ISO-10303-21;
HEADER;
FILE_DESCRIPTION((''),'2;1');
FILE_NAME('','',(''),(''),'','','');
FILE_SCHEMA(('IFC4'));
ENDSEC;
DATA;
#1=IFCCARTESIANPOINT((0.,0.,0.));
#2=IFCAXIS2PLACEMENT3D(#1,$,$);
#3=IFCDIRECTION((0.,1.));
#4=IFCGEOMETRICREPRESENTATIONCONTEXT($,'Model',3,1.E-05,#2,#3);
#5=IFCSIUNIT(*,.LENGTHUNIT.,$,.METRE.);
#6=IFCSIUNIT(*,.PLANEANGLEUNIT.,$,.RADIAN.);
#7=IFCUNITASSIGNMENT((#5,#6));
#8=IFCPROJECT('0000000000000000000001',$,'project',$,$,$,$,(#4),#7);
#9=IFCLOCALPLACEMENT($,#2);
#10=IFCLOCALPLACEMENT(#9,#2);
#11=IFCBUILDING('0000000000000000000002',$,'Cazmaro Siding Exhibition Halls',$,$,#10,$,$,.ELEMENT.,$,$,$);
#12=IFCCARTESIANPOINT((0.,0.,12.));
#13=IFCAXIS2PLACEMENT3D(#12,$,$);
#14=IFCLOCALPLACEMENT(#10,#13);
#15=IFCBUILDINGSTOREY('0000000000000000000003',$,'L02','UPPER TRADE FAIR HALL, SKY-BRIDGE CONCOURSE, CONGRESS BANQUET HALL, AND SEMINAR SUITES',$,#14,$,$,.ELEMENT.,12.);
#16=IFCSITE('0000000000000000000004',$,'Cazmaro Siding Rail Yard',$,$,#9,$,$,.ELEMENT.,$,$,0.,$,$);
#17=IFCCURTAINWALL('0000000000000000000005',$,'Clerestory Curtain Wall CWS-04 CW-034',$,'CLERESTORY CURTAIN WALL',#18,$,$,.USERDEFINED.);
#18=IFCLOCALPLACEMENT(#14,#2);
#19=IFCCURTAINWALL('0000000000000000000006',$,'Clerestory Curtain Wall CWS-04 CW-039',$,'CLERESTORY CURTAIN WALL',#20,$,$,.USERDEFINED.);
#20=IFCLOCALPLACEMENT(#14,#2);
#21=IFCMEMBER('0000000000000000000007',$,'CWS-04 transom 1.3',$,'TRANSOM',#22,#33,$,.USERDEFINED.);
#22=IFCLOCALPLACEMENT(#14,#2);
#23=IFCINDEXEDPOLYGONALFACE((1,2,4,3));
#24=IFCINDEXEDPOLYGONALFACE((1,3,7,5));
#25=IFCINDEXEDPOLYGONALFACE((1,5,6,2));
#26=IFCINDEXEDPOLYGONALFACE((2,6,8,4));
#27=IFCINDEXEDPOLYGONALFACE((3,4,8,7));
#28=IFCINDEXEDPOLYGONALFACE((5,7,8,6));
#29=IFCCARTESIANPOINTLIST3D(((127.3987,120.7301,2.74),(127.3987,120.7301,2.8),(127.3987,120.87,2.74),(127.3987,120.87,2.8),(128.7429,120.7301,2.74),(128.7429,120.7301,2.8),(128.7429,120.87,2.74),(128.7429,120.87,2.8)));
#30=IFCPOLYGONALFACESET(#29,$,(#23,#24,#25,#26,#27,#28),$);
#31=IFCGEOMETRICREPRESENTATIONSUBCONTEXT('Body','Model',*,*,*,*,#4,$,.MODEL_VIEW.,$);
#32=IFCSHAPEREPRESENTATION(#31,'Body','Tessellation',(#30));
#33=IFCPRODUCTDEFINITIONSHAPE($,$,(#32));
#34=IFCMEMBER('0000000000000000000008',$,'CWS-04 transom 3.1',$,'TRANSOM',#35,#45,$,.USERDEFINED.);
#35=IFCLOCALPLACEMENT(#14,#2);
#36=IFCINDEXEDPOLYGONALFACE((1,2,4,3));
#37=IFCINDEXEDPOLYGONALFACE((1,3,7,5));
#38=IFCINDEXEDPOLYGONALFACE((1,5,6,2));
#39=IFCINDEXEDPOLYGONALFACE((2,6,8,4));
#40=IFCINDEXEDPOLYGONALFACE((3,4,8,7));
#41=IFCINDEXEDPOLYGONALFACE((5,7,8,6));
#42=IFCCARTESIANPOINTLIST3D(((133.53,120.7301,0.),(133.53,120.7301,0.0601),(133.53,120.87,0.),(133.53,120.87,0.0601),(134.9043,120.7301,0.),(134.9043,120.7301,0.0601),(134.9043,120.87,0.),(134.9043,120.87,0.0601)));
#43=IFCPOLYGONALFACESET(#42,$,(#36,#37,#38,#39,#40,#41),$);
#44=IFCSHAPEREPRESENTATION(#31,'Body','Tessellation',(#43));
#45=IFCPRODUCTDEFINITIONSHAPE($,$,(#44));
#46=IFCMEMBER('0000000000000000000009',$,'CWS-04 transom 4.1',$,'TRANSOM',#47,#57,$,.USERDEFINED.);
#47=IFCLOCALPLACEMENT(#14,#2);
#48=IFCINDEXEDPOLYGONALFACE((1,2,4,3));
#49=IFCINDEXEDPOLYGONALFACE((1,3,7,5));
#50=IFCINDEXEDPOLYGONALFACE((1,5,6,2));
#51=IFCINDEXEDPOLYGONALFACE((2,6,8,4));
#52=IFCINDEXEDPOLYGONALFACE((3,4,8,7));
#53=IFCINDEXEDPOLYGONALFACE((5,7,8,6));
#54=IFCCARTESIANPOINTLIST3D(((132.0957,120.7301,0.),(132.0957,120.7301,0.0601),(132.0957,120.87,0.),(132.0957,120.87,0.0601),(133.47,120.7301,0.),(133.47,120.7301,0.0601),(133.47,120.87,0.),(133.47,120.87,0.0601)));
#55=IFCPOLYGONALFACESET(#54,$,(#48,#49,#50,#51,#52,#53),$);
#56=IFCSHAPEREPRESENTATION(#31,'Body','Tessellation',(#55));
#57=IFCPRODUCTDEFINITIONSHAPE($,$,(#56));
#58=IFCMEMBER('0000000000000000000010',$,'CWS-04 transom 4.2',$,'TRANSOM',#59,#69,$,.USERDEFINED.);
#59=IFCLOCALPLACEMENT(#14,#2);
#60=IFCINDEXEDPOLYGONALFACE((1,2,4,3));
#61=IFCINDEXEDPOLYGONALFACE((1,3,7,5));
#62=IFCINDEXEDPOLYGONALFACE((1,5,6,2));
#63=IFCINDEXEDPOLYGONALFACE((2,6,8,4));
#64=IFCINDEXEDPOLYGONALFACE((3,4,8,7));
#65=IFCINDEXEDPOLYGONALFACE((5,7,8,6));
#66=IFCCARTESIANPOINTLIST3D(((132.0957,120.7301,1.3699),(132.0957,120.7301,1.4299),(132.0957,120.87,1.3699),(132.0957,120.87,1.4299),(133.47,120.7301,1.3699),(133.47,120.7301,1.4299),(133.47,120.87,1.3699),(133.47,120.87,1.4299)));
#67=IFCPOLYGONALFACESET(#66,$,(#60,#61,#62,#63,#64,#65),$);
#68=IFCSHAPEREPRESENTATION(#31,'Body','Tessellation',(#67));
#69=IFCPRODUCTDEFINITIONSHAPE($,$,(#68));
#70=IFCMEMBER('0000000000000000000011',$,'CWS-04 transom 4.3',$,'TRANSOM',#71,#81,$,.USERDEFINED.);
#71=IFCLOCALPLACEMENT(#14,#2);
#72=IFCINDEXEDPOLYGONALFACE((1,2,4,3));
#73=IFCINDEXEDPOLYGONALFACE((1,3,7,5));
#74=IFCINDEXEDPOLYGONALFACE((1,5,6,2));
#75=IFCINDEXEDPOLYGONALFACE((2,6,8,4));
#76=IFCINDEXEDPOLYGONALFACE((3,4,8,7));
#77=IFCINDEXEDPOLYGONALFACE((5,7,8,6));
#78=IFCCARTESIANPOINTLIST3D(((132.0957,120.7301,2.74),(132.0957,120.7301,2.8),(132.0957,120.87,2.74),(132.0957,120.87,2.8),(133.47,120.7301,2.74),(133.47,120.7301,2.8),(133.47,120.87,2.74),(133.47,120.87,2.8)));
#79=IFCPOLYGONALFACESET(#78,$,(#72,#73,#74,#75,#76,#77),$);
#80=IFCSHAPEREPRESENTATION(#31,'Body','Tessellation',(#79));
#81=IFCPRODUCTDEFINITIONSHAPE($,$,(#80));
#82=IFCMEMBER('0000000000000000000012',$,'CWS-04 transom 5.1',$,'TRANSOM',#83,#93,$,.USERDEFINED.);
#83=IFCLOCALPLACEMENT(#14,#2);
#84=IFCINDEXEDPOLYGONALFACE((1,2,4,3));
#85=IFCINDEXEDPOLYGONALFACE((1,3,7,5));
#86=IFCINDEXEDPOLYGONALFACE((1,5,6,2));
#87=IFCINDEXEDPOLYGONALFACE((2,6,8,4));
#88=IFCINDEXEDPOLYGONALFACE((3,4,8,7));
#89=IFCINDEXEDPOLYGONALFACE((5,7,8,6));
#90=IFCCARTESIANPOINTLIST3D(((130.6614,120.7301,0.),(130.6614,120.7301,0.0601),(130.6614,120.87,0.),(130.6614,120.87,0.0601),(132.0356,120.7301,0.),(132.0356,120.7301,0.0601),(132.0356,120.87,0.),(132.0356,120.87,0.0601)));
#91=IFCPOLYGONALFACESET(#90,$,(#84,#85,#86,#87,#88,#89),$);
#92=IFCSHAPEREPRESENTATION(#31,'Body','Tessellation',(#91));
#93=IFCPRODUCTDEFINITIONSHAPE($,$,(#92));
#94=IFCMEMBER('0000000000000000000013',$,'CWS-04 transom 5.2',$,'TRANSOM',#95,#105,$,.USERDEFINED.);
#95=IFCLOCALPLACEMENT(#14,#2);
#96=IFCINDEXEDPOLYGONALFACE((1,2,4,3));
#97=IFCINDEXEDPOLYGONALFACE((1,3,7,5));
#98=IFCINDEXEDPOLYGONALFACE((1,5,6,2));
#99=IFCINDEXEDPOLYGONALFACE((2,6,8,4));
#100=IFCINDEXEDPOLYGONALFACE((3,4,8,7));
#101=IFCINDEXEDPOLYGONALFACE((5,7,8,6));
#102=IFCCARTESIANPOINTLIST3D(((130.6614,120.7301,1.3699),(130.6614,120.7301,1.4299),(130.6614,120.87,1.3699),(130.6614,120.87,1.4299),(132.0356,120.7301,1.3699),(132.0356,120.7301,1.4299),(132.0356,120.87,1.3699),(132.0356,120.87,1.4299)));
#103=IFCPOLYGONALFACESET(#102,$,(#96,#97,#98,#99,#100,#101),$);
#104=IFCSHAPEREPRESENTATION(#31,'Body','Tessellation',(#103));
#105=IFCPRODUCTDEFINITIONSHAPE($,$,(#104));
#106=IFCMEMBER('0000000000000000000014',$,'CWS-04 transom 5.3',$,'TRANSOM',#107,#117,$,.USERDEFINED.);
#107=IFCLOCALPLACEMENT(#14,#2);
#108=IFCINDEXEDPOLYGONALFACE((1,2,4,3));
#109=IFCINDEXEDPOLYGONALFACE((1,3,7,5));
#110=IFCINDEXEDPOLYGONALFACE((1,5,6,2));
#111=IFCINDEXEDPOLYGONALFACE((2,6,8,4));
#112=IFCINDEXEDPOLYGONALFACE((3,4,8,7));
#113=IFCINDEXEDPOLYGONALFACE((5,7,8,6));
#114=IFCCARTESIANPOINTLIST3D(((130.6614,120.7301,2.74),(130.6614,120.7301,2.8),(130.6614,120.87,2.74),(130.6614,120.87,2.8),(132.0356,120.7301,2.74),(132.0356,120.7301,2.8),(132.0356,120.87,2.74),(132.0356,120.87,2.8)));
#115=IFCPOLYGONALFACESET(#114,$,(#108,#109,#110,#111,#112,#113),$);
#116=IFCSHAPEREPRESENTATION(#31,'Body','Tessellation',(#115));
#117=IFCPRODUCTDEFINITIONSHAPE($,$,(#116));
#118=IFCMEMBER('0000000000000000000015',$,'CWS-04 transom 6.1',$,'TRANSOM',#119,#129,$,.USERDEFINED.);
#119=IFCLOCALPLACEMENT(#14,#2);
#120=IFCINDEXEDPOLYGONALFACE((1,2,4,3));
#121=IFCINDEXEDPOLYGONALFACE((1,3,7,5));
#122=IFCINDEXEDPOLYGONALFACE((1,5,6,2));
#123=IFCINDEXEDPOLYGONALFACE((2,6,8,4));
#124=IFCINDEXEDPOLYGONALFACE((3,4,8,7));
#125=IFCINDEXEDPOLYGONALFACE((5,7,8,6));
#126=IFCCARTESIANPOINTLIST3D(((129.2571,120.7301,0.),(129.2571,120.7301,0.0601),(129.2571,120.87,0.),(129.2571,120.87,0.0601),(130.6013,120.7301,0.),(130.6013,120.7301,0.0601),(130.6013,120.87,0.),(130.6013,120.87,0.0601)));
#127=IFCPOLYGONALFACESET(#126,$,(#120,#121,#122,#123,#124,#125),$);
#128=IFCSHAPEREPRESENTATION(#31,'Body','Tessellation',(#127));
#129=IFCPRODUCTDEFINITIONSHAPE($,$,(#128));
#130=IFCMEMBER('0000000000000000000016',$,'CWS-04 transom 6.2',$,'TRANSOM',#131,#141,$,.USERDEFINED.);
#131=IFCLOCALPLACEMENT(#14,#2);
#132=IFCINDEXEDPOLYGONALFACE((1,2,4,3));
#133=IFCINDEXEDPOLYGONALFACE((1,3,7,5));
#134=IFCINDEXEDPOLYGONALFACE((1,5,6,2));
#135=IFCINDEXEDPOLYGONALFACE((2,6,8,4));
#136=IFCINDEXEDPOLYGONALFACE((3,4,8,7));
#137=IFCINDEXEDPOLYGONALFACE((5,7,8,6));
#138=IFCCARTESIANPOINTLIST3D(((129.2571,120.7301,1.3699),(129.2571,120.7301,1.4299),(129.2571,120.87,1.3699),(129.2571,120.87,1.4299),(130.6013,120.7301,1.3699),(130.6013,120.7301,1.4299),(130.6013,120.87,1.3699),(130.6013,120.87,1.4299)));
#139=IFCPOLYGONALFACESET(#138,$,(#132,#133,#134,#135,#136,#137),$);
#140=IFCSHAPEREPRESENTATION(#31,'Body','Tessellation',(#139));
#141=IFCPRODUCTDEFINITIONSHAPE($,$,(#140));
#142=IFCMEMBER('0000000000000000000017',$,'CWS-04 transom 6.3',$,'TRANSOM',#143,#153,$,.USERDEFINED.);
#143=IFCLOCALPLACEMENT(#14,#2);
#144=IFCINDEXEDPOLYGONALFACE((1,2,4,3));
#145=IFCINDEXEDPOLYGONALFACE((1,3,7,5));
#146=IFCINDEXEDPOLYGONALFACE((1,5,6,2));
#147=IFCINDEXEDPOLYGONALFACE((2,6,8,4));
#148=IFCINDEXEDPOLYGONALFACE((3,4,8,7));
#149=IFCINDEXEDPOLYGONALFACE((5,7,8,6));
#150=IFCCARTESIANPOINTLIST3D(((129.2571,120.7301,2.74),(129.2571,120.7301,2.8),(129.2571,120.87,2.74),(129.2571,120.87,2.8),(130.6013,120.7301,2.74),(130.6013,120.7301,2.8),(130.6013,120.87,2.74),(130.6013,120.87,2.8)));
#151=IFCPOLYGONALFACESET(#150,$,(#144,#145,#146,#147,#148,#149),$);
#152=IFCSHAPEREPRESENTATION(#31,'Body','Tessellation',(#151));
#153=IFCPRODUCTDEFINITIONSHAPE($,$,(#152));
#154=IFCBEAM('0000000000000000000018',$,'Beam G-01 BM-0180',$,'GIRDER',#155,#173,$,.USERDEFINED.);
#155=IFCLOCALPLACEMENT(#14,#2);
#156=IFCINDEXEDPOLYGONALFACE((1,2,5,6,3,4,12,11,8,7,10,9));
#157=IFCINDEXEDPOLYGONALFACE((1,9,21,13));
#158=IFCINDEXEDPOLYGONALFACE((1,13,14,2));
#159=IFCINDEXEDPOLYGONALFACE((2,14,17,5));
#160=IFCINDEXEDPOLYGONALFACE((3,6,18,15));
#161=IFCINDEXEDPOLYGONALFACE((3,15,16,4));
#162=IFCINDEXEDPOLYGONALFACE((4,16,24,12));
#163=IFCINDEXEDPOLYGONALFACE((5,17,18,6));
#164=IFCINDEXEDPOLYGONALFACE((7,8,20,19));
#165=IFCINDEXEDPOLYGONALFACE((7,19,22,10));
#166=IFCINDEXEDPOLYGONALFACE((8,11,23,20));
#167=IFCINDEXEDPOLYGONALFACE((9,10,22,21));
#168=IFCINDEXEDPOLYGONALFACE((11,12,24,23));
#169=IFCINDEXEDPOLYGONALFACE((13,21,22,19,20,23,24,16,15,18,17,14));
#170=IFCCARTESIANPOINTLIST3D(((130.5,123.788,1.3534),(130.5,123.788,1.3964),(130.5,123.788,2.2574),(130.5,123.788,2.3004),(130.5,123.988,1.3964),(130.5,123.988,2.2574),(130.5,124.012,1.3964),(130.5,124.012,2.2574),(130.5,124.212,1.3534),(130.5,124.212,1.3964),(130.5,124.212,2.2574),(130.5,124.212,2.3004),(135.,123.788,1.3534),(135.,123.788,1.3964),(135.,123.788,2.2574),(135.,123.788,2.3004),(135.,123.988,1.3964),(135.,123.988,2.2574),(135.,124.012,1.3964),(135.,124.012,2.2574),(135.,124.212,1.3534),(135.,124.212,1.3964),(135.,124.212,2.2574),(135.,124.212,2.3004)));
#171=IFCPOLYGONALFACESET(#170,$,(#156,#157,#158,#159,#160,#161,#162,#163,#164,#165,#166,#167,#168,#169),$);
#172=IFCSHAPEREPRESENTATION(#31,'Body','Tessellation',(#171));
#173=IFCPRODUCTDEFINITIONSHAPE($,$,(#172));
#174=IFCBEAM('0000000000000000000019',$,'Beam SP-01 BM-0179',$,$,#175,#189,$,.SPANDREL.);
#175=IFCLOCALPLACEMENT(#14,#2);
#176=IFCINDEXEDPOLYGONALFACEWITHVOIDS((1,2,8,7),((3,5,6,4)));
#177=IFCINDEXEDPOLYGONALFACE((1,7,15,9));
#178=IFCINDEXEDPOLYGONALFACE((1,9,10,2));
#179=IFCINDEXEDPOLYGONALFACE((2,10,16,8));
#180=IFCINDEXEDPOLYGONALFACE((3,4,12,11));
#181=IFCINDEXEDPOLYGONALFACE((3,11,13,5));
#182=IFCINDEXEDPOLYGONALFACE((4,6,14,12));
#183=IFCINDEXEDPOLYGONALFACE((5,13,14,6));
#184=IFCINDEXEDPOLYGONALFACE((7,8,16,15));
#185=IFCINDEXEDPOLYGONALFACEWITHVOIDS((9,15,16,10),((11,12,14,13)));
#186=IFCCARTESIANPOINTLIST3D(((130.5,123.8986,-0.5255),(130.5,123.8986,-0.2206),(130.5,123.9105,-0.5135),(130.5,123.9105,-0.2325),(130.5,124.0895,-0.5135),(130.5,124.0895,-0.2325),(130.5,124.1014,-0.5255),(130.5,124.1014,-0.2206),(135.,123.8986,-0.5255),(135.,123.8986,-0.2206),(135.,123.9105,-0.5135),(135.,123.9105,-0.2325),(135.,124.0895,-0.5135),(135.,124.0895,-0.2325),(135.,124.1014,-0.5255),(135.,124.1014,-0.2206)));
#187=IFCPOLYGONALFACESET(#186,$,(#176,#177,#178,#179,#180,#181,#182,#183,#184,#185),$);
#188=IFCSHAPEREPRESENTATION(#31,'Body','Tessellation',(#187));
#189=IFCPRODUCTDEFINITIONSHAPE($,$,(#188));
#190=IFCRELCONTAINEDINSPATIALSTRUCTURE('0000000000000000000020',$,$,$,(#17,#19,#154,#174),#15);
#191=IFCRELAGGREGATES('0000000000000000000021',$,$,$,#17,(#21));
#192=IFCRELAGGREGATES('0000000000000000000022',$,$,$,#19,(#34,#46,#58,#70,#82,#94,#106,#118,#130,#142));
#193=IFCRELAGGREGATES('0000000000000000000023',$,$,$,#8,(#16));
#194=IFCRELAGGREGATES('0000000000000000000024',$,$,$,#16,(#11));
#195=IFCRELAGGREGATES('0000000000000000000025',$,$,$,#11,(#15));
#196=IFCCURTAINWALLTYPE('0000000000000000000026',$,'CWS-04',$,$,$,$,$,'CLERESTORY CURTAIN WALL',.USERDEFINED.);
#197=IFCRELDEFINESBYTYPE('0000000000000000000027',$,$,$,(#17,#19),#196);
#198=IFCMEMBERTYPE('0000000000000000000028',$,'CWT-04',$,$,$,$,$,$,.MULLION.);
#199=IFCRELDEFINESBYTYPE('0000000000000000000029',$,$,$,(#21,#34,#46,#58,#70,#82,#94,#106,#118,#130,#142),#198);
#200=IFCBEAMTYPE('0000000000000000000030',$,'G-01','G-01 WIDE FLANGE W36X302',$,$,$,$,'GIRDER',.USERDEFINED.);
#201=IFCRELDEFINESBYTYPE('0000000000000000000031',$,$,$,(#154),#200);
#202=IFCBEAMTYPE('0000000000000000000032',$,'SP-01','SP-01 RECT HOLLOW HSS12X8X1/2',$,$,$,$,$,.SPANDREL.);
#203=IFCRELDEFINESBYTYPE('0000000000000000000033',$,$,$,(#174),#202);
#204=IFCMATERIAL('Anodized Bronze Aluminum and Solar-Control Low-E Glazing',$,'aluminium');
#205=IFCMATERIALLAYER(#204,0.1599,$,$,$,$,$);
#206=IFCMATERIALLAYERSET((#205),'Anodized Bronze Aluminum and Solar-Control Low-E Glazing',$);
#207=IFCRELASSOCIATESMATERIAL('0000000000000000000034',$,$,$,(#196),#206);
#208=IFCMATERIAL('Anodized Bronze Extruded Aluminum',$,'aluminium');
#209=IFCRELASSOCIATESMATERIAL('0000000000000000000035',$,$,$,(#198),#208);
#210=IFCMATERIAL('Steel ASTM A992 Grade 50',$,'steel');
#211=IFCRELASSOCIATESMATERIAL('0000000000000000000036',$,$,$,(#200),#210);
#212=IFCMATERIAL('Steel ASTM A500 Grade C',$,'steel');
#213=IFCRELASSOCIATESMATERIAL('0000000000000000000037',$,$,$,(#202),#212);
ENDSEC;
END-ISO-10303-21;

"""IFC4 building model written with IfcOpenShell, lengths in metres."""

from ifc_helpers import new_model, si_unit, direction, frame, origin, origin_2d, place, context, subcontext, project, spatial, rectangle, hollow_rectangle, i_section, extrude, material, layer, layer_set, material_profile, profile_set, type_object, element, aggregate, save


model = new_model("IFC4")

# Units and contexts
model_context = context("Model", 3, precision=1e-05, world=origin(), true_north=direction((0.0, 1.0)))
body_context = subcontext(model_context, "Body", "Model", "MODEL_VIEW")
ifc_project = project(units=[si_unit("LENGTHUNIT", "METRE"), si_unit("PLANEANGLEUNIT", "RADIAN")], contexts=[model_context])

# Site, building, storey
site_placement = place(None, origin())
site = spatial("IfcSite", under=ifc_project, at=site_placement, Name="Cazmaro Siding Rail Yard", CompositionType="ELEMENT", RefElevation=0.0)
building_placement = place(site_placement, origin())
building = spatial("IfcBuilding", under=site, at=building_placement, Name="Cazmaro Siding Exhibition Halls", CompositionType="ELEMENT")
storey_placement = place(building_placement, frame((0.0, 0.0, 12.0)))
storey = spatial("IfcBuildingStorey", under=building, at=storey_placement, Name="L02", Description="UPPER TRADE FAIR HALL, SKY-BRIDGE CONCOURSE, CONGRESS BANQUET HALL, AND SEMINAR SUITES", CompositionType="ELEMENT", Elevation=12.0)

# Curtain wall
ifc_material_1 = material(Name="Anodized Bronze Aluminum and Solar-Control Low-E Glazing", Category="aluminium")
ifc_layer_1 = layer(ifc_material_1, 0.1599)
ifc_layer_set_1 = layer_set([ifc_layer_1], Name="Anodized Bronze Aluminum and Solar-Control Low-E Glazing")
curtain_wall_type = type_object("IfcCurtainWallType", Name="CWS-04", ElementType="CLERESTORY CURTAIN WALL", PredefinedType="USERDEFINED", material=ifc_layer_set_1)
curtain_wall_1_placement = place(storey_placement, origin())
curtain_wall_1 = element("IfcCurtainWall", 1, at=curtain_wall_1_placement, inside=storey, type_object=curtain_wall_type, Name="Clerestory Curtain Wall CWS-04 CW-034", ObjectType="CLERESTORY CURTAIN WALL", PredefinedType="USERDEFINED")

# Curtain wall
curtain_wall_2_placement = place(storey_placement, origin())
curtain_wall_2 = element("IfcCurtainWall", 2, at=curtain_wall_2_placement, inside=storey, type_object=curtain_wall_type, Name="Clerestory Curtain Wall CWS-04 CW-039", ObjectType="CLERESTORY CURTAIN WALL", PredefinedType="USERDEFINED")

# Members
ifc_material_2 = material(Name="Anodized Bronze Extruded Aluminum", Category="aluminium")
ifc_material_profile_1 = material_profile(ifc_material_2, rectangle(XDim=0.1399, YDim=0.0601, at=origin_2d()), Name="CWT-04")
ifc_profile_set_1 = profile_set([ifc_material_profile_1], Name="Anodized Bronze Extruded Aluminum")
member_type_1 = type_object("IfcMemberType", Name="CWT-04", PredefinedType="MULLION", material=ifc_profile_set_1)
member_1_placement = place(storey_placement, frame((128.7429, 120.8, 2.77), z_axis=(-1.0, 0.0, 0.0), x_axis=(0.0, -1.0, 0.0)))
member_1 = element("IfcMember", 3, at=member_1_placement, type_object=member_type_1, Name="CWS-04 transom 1.3", ObjectType="TRANSOM", PredefinedType="USERDEFINED", context=body_context, shape_type="SweptSolid", body=[
    extrude(rectangle(XDim=0.1399, YDim=0.0601, at=origin_2d()), origin(), (0.0, 0.0, 1.0), 1.3442),
])
member_2_placement = place(storey_placement, frame((134.9043, 120.8, 0.03), z_axis=(-1.0, 0.0, 0.0), x_axis=(0.0, -1.0, 0.0)))
member_2 = element("IfcMember", 4, at=member_2_placement, type_object=member_type_1, Name="CWS-04 transom 3.1", ObjectType="TRANSOM", PredefinedType="USERDEFINED", context=body_context, shape_type="SweptSolid", body=[
    extrude(rectangle(XDim=0.1399, YDim=0.0601, at=origin_2d()), origin(), (0.0, 0.0, 1.0), 1.3743),
])
member_3_placement = place(storey_placement, frame((133.47, 120.8, 0.03), z_axis=(-1.0, 0.0, 0.0), x_axis=(0.0, -1.0, 0.0)))
member_3 = element("IfcMember", 5, at=member_3_placement, type_object=member_type_1, Name="CWS-04 transom 4.1", ObjectType="TRANSOM", PredefinedType="USERDEFINED", context=body_context, shape_type="SweptSolid", body=[
    extrude(rectangle(XDim=0.1399, YDim=0.0601, at=origin_2d()), origin(), (0.0, 0.0, 1.0), 1.3743),
])
member_4_placement = place(storey_placement, frame((133.47, 120.8, 1.3999), z_axis=(-1.0, 0.0, 0.0), x_axis=(0.0, -1.0, 0.0)))
member_4 = element("IfcMember", 6, at=member_4_placement, type_object=member_type_1, Name="CWS-04 transom 4.2", ObjectType="TRANSOM", PredefinedType="USERDEFINED", context=body_context, shape_type="SweptSolid", body=[
    extrude(rectangle(XDim=0.1399, YDim=0.0601, at=origin_2d()), origin(), (0.0, 0.0, 1.0), 1.3743),
])
member_5_placement = place(storey_placement, frame((133.47, 120.8, 2.77), z_axis=(-1.0, 0.0, 0.0), x_axis=(0.0, -1.0, 0.0)))
member_5 = element("IfcMember", 7, at=member_5_placement, type_object=member_type_1, Name="CWS-04 transom 4.3", ObjectType="TRANSOM", PredefinedType="USERDEFINED", context=body_context, shape_type="SweptSolid", body=[
    extrude(rectangle(XDim=0.1399, YDim=0.0601, at=origin_2d()), origin(), (0.0, 0.0, 1.0), 1.3743),
])
member_6_placement = place(storey_placement, frame((132.0356, 120.8, 0.03), z_axis=(-1.0, 0.0, 0.0), x_axis=(0.0, -1.0, 0.0)))
member_6 = element("IfcMember", 8, at=member_6_placement, type_object=member_type_1, Name="CWS-04 transom 5.1", ObjectType="TRANSOM", PredefinedType="USERDEFINED", context=body_context, shape_type="SweptSolid", body=[
    extrude(rectangle(XDim=0.1399, YDim=0.0601, at=origin_2d()), origin(), (0.0, 0.0, 1.0), 1.3743),
])
member_7_placement = place(storey_placement, frame((132.0356, 120.8, 1.3999), z_axis=(-1.0, 0.0, 0.0), x_axis=(0.0, -1.0, 0.0)))
member_7 = element("IfcMember", 9, at=member_7_placement, type_object=member_type_1, Name="CWS-04 transom 5.2", ObjectType="TRANSOM", PredefinedType="USERDEFINED", context=body_context, shape_type="SweptSolid", body=[
    extrude(rectangle(XDim=0.1399, YDim=0.0601, at=origin_2d()), origin(), (0.0, 0.0, 1.0), 1.3743),
])
member_8_placement = place(storey_placement, frame((132.0356, 120.8, 2.77), z_axis=(-1.0, 0.0, 0.0), x_axis=(0.0, -1.0, 0.0)))
member_8 = element("IfcMember", 10, at=member_8_placement, type_object=member_type_1, Name="CWS-04 transom 5.3", ObjectType="TRANSOM", PredefinedType="USERDEFINED", context=body_context, shape_type="SweptSolid", body=[
    extrude(rectangle(XDim=0.1399, YDim=0.0601, at=origin_2d()), origin(), (0.0, 0.0, 1.0), 1.3743),
])
member_9_placement = place(storey_placement, frame((130.6013, 120.8, 0.03), z_axis=(-1.0, 0.0, 0.0), x_axis=(0.0, -1.0, 0.0)))
member_9 = element("IfcMember", 11, at=member_9_placement, type_object=member_type_1, Name="CWS-04 transom 6.1", ObjectType="TRANSOM", PredefinedType="USERDEFINED", context=body_context, shape_type="SweptSolid", body=[
    extrude(rectangle(XDim=0.1399, YDim=0.0601, at=origin_2d()), origin(), (0.0, 0.0, 1.0), 1.3442),
])
member_10_placement = place(storey_placement, frame((130.6013, 120.8, 1.3999), z_axis=(-1.0, 0.0, 0.0), x_axis=(0.0, -1.0, 0.0)))
member_10 = element("IfcMember", 12, at=member_10_placement, type_object=member_type_1, Name="CWS-04 transom 6.2", ObjectType="TRANSOM", PredefinedType="USERDEFINED", context=body_context, shape_type="SweptSolid", body=[
    extrude(rectangle(XDim=0.1399, YDim=0.0601, at=origin_2d()), origin(), (0.0, 0.0, 1.0), 1.3442),
])
member_11_placement = place(storey_placement, frame((130.6013, 120.8, 2.77), z_axis=(-1.0, 0.0, 0.0), x_axis=(0.0, -1.0, 0.0)))
member_11 = element("IfcMember", 13, at=member_11_placement, type_object=member_type_1, Name="CWS-04 transom 6.3", ObjectType="TRANSOM", PredefinedType="USERDEFINED", context=body_context, shape_type="SweptSolid", body=[
    extrude(rectangle(XDim=0.1399, YDim=0.0601, at=origin_2d()), origin(), (0.0, 0.0, 1.0), 1.3442),
])

# Beams
ifc_material_3 = material(Name="Steel ASTM A992 Grade 50", Category="steel")
ifc_material_profile_2 = material_profile(ifc_material_3, i_section(OverallWidth=0.4241, OverallDepth=0.947, WebThickness=0.0239, FlangeThickness=0.043, at=origin_2d()), Name="W36X302")
ifc_profile_set_2 = profile_set([ifc_material_profile_2], Name="Steel ASTM A992 Grade 50")
beam_type_1 = type_object("IfcBeamType", Name="G-01", Description="G-01 WIDE FLANGE W36X302", ElementType="GIRDER", PredefinedType="USERDEFINED", material=ifc_profile_set_2)
beam_1_placement = place(storey_placement, frame((130.5, 124.0, 1.8269), z_axis=(1.0, 0.0, 0.0), x_axis=(0.0, 1.0, 0.0)))
element("IfcBeam", 14, at=beam_1_placement, inside=storey, type_object=beam_type_1, Name="Beam G-01 BM-0180", ObjectType="GIRDER", PredefinedType="USERDEFINED", context=body_context, shape_type="SweptSolid", body=[
    extrude(i_section(OverallWidth=0.4241, OverallDepth=0.947, WebThickness=0.0239, FlangeThickness=0.043, at=origin_2d()), origin(), (0.0, 0.0, 1.0), 4.5),
])
ifc_material_4 = material(Name="Steel ASTM A500 Grade C", Category="steel")
ifc_material_profile_3 = material_profile(ifc_material_4, hollow_rectangle(XDim=0.2029, YDim=0.3049, WallThickness=0.012, at=origin_2d()), Name="HSS12X8X1/2")
ifc_profile_set_3 = profile_set([ifc_material_profile_3], Name="Steel ASTM A500 Grade C")
beam_type_2 = type_object("IfcBeamType", Name="SP-01", Description="SP-01 RECT HOLLOW HSS12X8X1/2", PredefinedType="SPANDREL", material=ifc_profile_set_3)
beam_2_placement = place(storey_placement, frame((130.5, 124.0, -0.373), z_axis=(1.0, 0.0, 0.0), x_axis=(0.0, 1.0, 0.0)))
element("IfcBeam", 15, at=beam_2_placement, inside=storey, type_object=beam_type_2, Name="Beam SP-01 BM-0179", PredefinedType="SPANDREL", context=body_context, shape_type="SweptSolid", body=[
    extrude(hollow_rectangle(XDim=0.2029, YDim=0.3049, WallThickness=0.012, at=origin_2d()), origin(), (0.0, 0.0, 1.0), 4.5),
])

aggregate(curtain_wall_1, [member_1])
aggregate(curtain_wall_2, [member_2, member_3, member_4, member_5, member_6, member_7, member_8, member_9, member_10, member_11])

save(model, "model.ifc")
